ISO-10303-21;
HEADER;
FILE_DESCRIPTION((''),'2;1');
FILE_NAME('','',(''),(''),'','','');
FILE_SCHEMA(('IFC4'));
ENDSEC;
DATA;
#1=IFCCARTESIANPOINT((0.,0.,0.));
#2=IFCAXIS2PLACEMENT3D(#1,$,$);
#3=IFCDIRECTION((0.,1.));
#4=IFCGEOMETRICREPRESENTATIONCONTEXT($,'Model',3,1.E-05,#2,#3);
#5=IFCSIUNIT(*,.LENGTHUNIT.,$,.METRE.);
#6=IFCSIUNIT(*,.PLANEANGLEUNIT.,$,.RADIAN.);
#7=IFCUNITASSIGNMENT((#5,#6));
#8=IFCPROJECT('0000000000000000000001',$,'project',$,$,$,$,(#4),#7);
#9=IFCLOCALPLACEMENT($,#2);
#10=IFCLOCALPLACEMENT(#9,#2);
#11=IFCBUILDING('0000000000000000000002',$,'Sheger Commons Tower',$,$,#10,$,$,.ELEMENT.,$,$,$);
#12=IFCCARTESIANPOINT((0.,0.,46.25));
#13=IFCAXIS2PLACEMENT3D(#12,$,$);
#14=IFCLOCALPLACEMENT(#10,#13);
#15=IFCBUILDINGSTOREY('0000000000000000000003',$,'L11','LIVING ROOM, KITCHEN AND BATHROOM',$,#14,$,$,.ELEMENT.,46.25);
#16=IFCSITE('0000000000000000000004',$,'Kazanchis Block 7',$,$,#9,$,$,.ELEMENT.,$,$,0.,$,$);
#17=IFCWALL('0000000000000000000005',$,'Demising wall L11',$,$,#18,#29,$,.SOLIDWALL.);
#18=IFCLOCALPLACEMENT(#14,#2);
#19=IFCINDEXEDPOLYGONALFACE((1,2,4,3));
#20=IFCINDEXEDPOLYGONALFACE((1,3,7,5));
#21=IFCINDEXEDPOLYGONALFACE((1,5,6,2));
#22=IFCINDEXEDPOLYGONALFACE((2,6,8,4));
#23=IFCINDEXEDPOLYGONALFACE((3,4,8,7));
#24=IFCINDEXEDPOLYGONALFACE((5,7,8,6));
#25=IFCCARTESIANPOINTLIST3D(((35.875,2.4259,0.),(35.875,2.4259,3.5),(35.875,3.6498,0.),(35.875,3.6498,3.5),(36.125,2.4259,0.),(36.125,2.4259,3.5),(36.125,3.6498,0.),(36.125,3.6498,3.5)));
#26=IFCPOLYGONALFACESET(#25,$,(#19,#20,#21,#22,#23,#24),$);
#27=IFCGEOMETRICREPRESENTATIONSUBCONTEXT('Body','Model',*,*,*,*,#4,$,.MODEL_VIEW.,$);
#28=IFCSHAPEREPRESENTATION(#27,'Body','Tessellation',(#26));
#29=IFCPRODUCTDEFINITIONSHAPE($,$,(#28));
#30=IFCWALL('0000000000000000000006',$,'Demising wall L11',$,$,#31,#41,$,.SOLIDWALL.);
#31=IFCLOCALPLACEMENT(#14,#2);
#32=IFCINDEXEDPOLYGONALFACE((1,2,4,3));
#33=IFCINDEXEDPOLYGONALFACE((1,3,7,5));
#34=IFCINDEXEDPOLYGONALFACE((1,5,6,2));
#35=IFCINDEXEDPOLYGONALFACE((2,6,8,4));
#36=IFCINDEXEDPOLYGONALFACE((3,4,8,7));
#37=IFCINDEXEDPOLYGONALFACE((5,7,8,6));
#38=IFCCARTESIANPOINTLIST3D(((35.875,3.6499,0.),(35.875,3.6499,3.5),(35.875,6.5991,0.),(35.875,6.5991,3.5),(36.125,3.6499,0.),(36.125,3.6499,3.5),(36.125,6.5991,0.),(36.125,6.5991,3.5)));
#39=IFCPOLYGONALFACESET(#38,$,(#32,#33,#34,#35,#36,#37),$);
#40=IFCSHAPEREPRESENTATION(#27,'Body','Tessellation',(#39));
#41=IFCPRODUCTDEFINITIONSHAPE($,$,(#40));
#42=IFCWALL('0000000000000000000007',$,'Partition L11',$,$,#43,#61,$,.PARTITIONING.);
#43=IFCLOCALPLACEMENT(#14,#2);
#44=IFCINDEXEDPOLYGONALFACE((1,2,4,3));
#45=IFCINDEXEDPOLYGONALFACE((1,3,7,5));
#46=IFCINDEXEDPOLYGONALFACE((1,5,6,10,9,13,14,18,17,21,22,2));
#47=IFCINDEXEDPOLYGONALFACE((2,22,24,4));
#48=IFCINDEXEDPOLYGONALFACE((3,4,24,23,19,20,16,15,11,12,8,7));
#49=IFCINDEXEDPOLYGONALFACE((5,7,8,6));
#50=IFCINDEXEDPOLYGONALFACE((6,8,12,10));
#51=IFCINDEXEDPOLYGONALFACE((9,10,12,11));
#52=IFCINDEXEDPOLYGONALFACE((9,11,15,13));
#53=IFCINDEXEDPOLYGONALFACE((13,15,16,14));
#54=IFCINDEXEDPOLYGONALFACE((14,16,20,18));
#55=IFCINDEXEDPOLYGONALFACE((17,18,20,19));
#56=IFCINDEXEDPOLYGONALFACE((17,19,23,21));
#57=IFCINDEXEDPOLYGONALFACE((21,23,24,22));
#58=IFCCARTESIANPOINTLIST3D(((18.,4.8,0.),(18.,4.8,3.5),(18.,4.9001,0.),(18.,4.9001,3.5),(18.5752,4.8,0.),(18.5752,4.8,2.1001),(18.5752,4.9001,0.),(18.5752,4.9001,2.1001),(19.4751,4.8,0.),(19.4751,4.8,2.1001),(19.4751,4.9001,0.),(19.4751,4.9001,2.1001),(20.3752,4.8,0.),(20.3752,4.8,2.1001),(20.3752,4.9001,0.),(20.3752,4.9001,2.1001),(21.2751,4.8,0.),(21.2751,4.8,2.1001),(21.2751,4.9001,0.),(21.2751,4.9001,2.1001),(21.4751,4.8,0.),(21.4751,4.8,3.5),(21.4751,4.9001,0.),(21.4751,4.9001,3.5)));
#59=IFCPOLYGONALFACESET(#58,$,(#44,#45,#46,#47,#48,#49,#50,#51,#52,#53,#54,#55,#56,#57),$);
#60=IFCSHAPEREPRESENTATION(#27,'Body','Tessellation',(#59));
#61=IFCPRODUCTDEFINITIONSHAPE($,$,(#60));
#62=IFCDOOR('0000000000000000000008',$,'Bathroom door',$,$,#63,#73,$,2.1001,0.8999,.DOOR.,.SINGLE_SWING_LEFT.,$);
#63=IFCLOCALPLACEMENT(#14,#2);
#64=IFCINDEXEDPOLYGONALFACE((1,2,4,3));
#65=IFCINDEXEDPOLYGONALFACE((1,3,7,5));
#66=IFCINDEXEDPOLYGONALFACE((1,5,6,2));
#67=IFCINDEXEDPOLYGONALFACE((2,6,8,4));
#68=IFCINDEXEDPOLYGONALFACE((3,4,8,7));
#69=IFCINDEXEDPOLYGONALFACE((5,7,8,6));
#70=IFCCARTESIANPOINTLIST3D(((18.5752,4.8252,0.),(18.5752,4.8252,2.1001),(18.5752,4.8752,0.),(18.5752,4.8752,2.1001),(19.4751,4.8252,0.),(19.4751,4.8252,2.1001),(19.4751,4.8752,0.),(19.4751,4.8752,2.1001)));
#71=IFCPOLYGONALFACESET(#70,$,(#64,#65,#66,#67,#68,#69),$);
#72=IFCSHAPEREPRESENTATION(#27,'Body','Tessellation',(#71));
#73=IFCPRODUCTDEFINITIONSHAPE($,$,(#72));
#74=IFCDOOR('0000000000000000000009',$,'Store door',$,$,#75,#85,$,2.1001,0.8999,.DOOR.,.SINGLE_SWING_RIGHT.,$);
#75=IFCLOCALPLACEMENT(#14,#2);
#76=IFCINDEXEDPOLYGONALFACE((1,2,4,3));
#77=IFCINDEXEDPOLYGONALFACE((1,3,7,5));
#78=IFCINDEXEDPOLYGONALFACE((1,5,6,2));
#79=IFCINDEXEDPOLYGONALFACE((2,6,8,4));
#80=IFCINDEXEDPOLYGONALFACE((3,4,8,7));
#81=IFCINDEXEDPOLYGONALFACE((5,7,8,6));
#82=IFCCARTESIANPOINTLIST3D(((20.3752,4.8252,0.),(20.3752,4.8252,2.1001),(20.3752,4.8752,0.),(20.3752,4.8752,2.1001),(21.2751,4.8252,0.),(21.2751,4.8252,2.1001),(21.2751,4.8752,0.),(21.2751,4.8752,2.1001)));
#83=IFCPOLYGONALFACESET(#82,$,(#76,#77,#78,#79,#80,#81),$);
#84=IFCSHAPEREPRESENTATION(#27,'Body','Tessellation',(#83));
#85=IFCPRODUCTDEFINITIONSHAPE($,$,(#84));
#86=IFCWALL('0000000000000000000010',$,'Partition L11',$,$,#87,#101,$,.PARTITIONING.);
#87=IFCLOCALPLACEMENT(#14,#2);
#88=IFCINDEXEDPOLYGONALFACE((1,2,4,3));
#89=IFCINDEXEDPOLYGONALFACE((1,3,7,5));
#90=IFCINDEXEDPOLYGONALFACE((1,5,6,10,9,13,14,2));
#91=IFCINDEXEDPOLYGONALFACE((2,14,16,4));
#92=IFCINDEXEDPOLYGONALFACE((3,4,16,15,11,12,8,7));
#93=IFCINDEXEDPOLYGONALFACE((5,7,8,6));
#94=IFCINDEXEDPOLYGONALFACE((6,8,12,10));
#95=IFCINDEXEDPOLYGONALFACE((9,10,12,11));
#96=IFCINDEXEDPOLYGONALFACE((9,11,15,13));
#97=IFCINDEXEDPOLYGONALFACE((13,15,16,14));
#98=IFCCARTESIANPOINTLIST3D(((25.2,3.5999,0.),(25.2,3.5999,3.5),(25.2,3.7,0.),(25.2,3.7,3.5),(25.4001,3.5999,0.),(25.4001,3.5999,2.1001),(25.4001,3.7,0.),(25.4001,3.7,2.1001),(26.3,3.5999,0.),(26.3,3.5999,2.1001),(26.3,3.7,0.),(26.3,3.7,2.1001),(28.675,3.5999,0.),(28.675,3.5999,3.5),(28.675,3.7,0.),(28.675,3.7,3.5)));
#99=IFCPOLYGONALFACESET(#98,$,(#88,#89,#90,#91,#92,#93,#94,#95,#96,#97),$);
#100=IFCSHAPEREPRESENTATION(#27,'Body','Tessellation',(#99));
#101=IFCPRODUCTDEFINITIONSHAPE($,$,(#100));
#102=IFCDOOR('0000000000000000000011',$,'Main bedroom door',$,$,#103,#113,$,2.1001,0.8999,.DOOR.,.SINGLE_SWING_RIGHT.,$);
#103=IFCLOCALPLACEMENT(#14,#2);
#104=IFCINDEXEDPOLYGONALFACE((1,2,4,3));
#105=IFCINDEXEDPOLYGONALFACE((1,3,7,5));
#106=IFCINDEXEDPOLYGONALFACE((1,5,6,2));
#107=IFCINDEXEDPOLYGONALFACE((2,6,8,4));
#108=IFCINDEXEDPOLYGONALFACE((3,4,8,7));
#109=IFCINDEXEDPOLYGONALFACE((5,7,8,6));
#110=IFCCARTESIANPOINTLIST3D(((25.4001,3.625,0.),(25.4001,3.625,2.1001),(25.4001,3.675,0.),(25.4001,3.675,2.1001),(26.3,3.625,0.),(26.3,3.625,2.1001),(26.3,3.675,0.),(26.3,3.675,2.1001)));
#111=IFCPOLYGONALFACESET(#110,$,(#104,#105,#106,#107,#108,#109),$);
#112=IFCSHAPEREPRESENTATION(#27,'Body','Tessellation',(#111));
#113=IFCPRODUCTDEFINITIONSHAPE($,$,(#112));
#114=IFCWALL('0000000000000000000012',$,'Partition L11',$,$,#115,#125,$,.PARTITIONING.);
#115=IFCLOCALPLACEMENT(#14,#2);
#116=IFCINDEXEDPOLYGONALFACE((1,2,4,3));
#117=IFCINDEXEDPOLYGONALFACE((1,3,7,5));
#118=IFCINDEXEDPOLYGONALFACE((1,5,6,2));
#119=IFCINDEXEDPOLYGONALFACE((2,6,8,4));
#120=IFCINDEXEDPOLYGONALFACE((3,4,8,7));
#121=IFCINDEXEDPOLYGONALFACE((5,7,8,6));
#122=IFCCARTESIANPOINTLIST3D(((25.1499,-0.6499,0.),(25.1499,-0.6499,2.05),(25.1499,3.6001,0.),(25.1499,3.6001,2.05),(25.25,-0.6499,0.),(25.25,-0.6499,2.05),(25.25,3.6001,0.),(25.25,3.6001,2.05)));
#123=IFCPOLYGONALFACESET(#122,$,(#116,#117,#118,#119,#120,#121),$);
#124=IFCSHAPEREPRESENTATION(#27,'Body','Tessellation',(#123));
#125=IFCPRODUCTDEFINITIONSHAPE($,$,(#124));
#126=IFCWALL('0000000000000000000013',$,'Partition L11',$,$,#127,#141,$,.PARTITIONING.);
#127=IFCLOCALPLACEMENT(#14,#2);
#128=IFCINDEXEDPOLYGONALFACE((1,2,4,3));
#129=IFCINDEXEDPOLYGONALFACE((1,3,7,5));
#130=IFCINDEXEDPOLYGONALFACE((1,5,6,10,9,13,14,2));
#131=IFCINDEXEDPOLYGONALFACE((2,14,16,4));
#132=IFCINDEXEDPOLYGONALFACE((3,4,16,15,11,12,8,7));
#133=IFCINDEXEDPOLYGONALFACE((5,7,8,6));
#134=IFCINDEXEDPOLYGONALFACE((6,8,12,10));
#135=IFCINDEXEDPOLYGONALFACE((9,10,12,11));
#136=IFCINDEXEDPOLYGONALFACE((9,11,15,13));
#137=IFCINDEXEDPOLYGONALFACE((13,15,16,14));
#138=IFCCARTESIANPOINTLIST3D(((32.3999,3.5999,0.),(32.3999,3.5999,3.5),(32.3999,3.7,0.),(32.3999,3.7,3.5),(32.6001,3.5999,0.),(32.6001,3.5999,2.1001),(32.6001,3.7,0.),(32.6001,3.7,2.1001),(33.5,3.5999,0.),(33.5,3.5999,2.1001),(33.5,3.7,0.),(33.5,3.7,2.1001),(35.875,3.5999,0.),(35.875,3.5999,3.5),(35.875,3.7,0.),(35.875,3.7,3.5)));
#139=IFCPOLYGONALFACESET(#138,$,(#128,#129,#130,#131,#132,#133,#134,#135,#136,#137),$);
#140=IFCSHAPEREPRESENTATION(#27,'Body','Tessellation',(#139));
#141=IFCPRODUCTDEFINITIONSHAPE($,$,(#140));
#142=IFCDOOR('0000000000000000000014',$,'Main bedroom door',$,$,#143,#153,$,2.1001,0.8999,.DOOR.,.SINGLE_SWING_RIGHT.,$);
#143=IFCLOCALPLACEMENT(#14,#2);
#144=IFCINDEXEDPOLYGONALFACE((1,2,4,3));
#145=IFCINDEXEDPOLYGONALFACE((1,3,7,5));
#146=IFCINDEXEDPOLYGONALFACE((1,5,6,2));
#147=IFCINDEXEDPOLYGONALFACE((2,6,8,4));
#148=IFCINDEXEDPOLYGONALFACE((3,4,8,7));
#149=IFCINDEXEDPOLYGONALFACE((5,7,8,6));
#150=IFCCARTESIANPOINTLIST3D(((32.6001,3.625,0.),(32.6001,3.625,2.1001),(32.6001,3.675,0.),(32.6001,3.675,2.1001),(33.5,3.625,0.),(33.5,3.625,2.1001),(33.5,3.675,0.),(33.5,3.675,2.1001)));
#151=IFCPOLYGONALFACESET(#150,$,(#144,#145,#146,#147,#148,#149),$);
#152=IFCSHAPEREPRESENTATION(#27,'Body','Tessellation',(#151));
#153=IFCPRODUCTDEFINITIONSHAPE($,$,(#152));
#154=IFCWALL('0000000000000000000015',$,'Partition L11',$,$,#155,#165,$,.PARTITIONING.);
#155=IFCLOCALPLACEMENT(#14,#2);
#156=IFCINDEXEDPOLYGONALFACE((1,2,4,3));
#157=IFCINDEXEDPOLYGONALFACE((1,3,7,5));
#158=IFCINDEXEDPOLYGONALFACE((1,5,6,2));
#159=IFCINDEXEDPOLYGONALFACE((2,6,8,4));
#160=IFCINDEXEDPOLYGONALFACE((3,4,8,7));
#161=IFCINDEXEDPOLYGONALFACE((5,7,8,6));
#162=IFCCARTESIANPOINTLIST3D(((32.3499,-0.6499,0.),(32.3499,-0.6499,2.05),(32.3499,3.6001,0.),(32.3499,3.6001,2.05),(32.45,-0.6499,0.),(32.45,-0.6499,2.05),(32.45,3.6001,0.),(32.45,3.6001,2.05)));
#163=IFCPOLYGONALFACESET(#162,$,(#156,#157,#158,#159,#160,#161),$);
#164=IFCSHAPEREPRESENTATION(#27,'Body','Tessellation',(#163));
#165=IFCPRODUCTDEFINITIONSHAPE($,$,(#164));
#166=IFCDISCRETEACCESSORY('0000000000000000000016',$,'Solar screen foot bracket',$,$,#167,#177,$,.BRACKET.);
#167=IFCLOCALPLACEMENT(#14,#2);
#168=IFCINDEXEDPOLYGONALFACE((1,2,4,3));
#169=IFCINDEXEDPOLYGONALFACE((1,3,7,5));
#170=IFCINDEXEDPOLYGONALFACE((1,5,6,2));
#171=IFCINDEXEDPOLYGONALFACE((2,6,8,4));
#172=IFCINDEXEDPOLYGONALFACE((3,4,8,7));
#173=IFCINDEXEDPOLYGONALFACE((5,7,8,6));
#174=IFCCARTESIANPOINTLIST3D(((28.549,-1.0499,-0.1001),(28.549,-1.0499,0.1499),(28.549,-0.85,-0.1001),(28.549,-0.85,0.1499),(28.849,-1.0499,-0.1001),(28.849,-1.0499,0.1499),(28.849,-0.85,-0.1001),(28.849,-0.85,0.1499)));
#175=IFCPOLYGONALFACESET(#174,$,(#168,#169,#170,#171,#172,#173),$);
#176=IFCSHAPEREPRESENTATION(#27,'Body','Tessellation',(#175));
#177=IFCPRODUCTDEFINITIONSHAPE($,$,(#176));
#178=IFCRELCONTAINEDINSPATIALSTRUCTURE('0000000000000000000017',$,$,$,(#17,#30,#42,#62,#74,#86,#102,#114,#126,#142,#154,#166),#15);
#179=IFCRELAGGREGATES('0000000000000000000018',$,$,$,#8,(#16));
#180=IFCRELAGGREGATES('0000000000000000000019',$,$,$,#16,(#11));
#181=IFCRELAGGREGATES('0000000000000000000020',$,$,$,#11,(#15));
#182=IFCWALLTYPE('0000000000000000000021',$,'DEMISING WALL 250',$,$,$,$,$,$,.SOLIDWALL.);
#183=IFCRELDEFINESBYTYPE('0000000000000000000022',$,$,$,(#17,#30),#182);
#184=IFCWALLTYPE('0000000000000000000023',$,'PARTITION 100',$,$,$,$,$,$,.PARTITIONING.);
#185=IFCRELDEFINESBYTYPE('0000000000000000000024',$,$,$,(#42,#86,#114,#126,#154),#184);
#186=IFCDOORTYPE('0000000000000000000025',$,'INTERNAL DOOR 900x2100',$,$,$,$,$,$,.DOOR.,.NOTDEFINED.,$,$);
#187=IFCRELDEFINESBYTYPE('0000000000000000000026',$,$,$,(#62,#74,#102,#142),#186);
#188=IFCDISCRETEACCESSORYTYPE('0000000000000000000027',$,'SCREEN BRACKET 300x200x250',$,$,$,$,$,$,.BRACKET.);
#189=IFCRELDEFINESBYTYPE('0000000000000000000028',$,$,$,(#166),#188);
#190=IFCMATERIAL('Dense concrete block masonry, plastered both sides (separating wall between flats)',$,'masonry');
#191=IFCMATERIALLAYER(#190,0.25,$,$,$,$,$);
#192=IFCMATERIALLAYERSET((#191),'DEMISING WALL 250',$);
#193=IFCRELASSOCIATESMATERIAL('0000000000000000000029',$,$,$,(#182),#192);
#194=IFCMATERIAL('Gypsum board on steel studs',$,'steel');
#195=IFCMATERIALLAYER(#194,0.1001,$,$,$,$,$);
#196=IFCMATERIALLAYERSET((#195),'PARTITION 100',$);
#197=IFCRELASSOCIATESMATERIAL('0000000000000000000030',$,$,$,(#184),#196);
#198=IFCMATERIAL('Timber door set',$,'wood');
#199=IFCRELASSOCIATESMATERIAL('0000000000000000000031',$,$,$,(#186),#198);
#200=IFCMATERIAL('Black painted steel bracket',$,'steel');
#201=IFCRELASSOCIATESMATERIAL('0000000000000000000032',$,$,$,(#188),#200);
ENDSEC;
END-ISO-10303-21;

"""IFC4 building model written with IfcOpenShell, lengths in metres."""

from ifc_helpers import new_model, si_unit, direction, frame, frame_2d, origin, origin_2d, place, context, subcontext, project, spatial, rectangle, extrude, material, layer, layer_set, type_object, element, fill, save


model = new_model("IFC4")

# Units and contexts
model_context = context("Model", 3, precision=1e-05, world=origin(), true_north=direction((0.0, 1.0)))
body_context = subcontext(model_context, "Body", "Model", "MODEL_VIEW")
ifc_project = project(units=[si_unit("LENGTHUNIT", "METRE"), si_unit("PLANEANGLEUNIT", "RADIAN")], contexts=[model_context])

# Site, building, storey
site_placement = place(None, origin())
site = spatial("IfcSite", under=ifc_project, at=site_placement, Name="Kazanchis Block 7", CompositionType="ELEMENT", RefElevation=0.0)
building_placement = place(site_placement, origin())
building = spatial("IfcBuilding", under=site, at=building_placement, Name="Sheger Commons Tower", CompositionType="ELEMENT")
storey_placement = place(building_placement, frame((0.0, 0.0, 46.25)))
storey = spatial("IfcBuildingStorey", under=building, at=storey_placement, Name="L11", Description="LIVING ROOM, KITCHEN AND BATHROOM", CompositionType="ELEMENT", Elevation=46.25)

# Walls
ifc_material_1 = material(Name="Dense concrete block masonry, plastered both sides (separating wall between flats)", Category="masonry")
ifc_layer_1 = layer(ifc_material_1, 0.25)
ifc_layer_set_1 = layer_set([ifc_layer_1], Name="DEMISING WALL 250")
wall_type_1 = type_object("IfcWallType", Name="DEMISING WALL 250", PredefinedType="SOLIDWALL", material=ifc_layer_set_1)
wall_1_placement = place(storey_placement, frame((36.0, 2.426, 0.0), z_axis=(0.0, 0.0, 1.0), x_axis=(0.0, 1.0, 0.0)))
element("IfcWall", 1, at=wall_1_placement, inside=storey, type_object=wall_type_1, Name="Demising wall L11", PredefinedType="SOLIDWALL", context=body_context, shape_type="SweptSolid", body=[
    extrude(rectangle(XDim=1.2239, YDim=0.25, at=frame_2d((0.6118, 0.0))), origin(), (0.0, 0.0, 1.0), 3.5),
])
wall_2_placement = place(storey_placement, frame((36.0, 3.6499, 0.0), z_axis=(0.0, 0.0, 1.0), x_axis=(0.0, 1.0, 0.0)))
element("IfcWall", 2, at=wall_2_placement, inside=storey, type_object=wall_type_1, Name="Demising wall L11", PredefinedType="SOLIDWALL", context=body_context, shape_type="SweptSolid", body=[
    extrude(rectangle(XDim=2.9492, YDim=0.25, at=frame_2d((1.4746, 0.0))), origin(), (0.0, 0.0, 1.0), 3.5),
])

# Wall, openings, doors
ifc_material_2 = material(Name="Gypsum board on steel studs", Category="steel")
ifc_layer_2 = layer(ifc_material_2, 0.1001)
ifc_layer_set_2 = layer_set([ifc_layer_2], Name="PARTITION 100")
wall_type_2 = type_object("IfcWallType", Name="PARTITION 100", PredefinedType="PARTITIONING", material=ifc_layer_set_2)
wall_3_placement = place(storey_placement, frame((21.4751, 4.8501, 0.0), z_axis=(0.0, 0.0, 1.0), x_axis=(-1.0, 0.0, 0.0)))
wall_3 = element("IfcWall", 3, at=wall_3_placement, inside=storey, type_object=wall_type_2, Name="Partition L11", PredefinedType="PARTITIONING", context=body_context, shape_type="SweptSolid", body=[
    extrude(rectangle(XDim=3.4751, YDim=0.1001, at=frame_2d((1.7375, 0.0))), origin(), (0.0, 0.0, 1.0), 3.5),
])
opening_1_placement = place(wall_3_placement, frame((2.0, 0.0, 0.0)))
opening_1 = element("IfcOpeningElement", 4, at=opening_1_placement, cuts=wall_3, PredefinedType="OPENING", context=body_context, shape_type="SweptSolid", body=[
    extrude(rectangle(XDim=0.8999, YDim=2.1001, at=frame_2d((0.45, 1.05))), frame((0.0, 0.0601, 0.0), z_axis=(0.0, -1.0, 0.0), x_axis=(1.0, 0.0, 0.0)), (0.0, 0.0, 1.0), 0.1201),
])
opening_2_placement = place(wall_3_placement, frame((0.2, 0.0, 0.0)))
opening_2 = element("IfcOpeningElement", 5, at=opening_2_placement, cuts=wall_3, PredefinedType="OPENING", context=body_context, shape_type="SweptSolid", body=[
    extrude(rectangle(XDim=0.8999, YDim=2.1001, at=frame_2d((0.45, 1.05))), frame((0.0, 0.0601, 0.0), z_axis=(0.0, -1.0, 0.0), x_axis=(1.0, 0.0, 0.0)), (0.0, 0.0, 1.0), 0.1201),
])
ifc_material_3 = material(Name="Timber door set", Category="wood")
door_type = type_object("IfcDoorType", Name="INTERNAL DOOR 900x2100", OperationType="NOTDEFINED", PredefinedType="DOOR", material=ifc_material_3)
door_1_placement = place(opening_1_placement, origin())
door_1 = element("IfcDoor", 6, at=door_1_placement, inside=storey, type_object=door_type, Name="Bathroom door", OperationType="SINGLE_SWING_LEFT", OverallHeight=2.1001, OverallWidth=0.8999, PredefinedType="DOOR", context=body_context, shape_type="SweptSolid", body=[
    extrude(rectangle(XDim=0.8999, YDim=2.1001, at=frame_2d((0.45, 1.05))), frame((0.0, 0.0249, 0.0), z_axis=(0.0, -1.0, 0.0), x_axis=(1.0, 0.0, 0.0)), (0.0, 0.0, 1.0), 0.05),
])
fill(opening_1, door_1)
door_2_placement = place(opening_2_placement, origin())
door_2 = element("IfcDoor", 7, at=door_2_placement, inside=storey, type_object=door_type, Name="Store door", OperationType="SINGLE_SWING_RIGHT", OverallHeight=2.1001, OverallWidth=0.8999, PredefinedType="DOOR", context=body_context, shape_type="SweptSolid", body=[
    extrude(rectangle(XDim=0.8999, YDim=2.1001, at=frame_2d((0.45, 1.05))), frame((0.0, 0.0249, 0.0), z_axis=(0.0, -1.0, 0.0), x_axis=(1.0, 0.0, 0.0)), (0.0, 0.0, 1.0), 0.05),
])
fill(opening_2, door_2)

# Wall, opening, door
wall_4_placement = place(storey_placement, frame((28.675, 3.6499, 0.0), z_axis=(0.0, 0.0, 1.0), x_axis=(-1.0, 0.0, 0.0)))
wall_4 = element("IfcWall", 8, at=wall_4_placement, inside=storey, type_object=wall_type_2, Name="Partition L11", PredefinedType="PARTITIONING", context=body_context, shape_type="SweptSolid", body=[
    extrude(rectangle(XDim=3.4751, YDim=0.1001, at=frame_2d((1.7375, 0.0))), origin(), (0.0, 0.0, 1.0), 3.5),
])
opening_3_placement = place(wall_4_placement, frame((2.375, 0.0, 0.0)))
opening_3 = element("IfcOpeningElement", 9, at=opening_3_placement, cuts=wall_4, PredefinedType="OPENING", context=body_context, shape_type="SweptSolid", body=[
    extrude(rectangle(XDim=0.8999, YDim=2.1001, at=frame_2d((0.45, 1.05))), frame((0.0, 0.0601, 0.0), z_axis=(0.0, -1.0, 0.0), x_axis=(1.0, 0.0, 0.0)), (0.0, 0.0, 1.0), 0.1201),
])
door_3_placement = place(opening_3_placement, origin())
door_3 = element("IfcDoor", 10, at=door_3_placement, inside=storey, type_object=door_type, Name="Main bedroom door", OperationType="SINGLE_SWING_RIGHT", OverallHeight=2.1001, OverallWidth=0.8999, PredefinedType="DOOR", context=body_context, shape_type="SweptSolid", body=[
    extrude(rectangle(XDim=0.8999, YDim=2.1001, at=frame_2d((0.45, 1.05))), frame((0.0, 0.0249, 0.0), z_axis=(0.0, -1.0, 0.0), x_axis=(1.0, 0.0, 0.0)), (0.0, 0.0, 1.0), 0.05),
])
fill(opening_3, door_3)

# Wall
wall_5_placement = place(storey_placement, frame((25.2, -0.6499, 0.0), z_axis=(0.0, 0.0, 1.0), x_axis=(0.0, 1.0, 0.0)))
element("IfcWall", 11, at=wall_5_placement, inside=storey, type_object=wall_type_2, Name="Partition L11", PredefinedType="PARTITIONING", context=body_context, shape_type="SweptSolid", body=[
    extrude(rectangle(XDim=4.25, YDim=0.1001, at=frame_2d((2.125, 0.0))), origin(), (0.0, 0.0, 1.0), 2.05),
])

# Wall, opening, door
wall_6_placement = place(storey_placement, frame((35.875, 3.6499, 0.0), z_axis=(0.0, 0.0, 1.0), x_axis=(-1.0, 0.0, 0.0)))
wall_6 = element("IfcWall", 12, at=wall_6_placement, inside=storey, type_object=wall_type_2, Name="Partition L11", PredefinedType="PARTITIONING", context=body_context, shape_type="SweptSolid", body=[
    extrude(rectangle(XDim=3.4751, YDim=0.1001, at=frame_2d((1.7375, 0.0))), origin(), (0.0, 0.0, 1.0), 3.5),
])
opening_4_placement = place(wall_6_placement, frame((2.375, 0.0, 0.0)))
opening_4 = element("IfcOpeningElement", 13, at=opening_4_placement, cuts=wall_6, PredefinedType="OPENING", context=body_context, shape_type="SweptSolid", body=[
    extrude(rectangle(XDim=0.8999, YDim=2.1001, at=frame_2d((0.45, 1.05))), frame((0.0, 0.0601, 0.0), z_axis=(0.0, -1.0, 0.0), x_axis=(1.0, 0.0, 0.0)), (0.0, 0.0, 1.0), 0.1201),
])
door_4_placement = place(opening_4_placement, origin())
door_4 = element("IfcDoor", 14, at=door_4_placement, inside=storey, type_object=door_type, Name="Main bedroom door", OperationType="SINGLE_SWING_RIGHT", OverallHeight=2.1001, OverallWidth=0.8999, PredefinedType="DOOR", context=body_context, shape_type="SweptSolid", body=[
    extrude(rectangle(XDim=0.8999, YDim=2.1001, at=frame_2d((0.45, 1.05))), frame((0.0, 0.0249, 0.0), z_axis=(0.0, -1.0, 0.0), x_axis=(1.0, 0.0, 0.0)), (0.0, 0.0, 1.0), 0.05),
])
fill(opening_4, door_4)

# Wall
wall_7_placement = place(storey_placement, frame((32.3999, -0.6499, 0.0), z_axis=(0.0, 0.0, 1.0), x_axis=(0.0, 1.0, 0.0)))
element("IfcWall", 15, at=wall_7_placement, inside=storey, type_object=wall_type_2, Name="Partition L11", PredefinedType="PARTITIONING", context=body_context, shape_type="SweptSolid", body=[
    extrude(rectangle(XDim=4.25, YDim=0.1001, at=frame_2d((2.125, 0.0))), origin(), (0.0, 0.0, 1.0), 2.05),
])

# Discrete accessory
ifc_material_4 = material(Name="Black painted steel bracket", Category="steel")
discrete_accessory_type = type_object("IfcDiscreteAccessoryType", Name="SCREEN BRACKET 300x200x250", PredefinedType="BRACKET", material=ifc_material_4)
for number, where, z_axis, x_axis, name in (
    (16, (28.699, -0.95, -0.1001), (0.0, 0.0, 1.0), (1.0, 0.0, 0.0), "Solar screen foot bracket"),
):
    element("IfcDiscreteAccessory", number, at=place(storey_placement, frame(where, z_axis=z_axis, x_axis=x_axis)), inside=storey, type_object=discrete_accessory_type, Name=name, PredefinedType="BRACKET", context=body_context, shape_type="SweptSolid", body=[
        extrude(rectangle(XDim=0.3, YDim=0.2, at=origin_2d()), origin(), (0.0, 0.0, 1.0), 0.25),
    ])

save(model, "model.ifc")
